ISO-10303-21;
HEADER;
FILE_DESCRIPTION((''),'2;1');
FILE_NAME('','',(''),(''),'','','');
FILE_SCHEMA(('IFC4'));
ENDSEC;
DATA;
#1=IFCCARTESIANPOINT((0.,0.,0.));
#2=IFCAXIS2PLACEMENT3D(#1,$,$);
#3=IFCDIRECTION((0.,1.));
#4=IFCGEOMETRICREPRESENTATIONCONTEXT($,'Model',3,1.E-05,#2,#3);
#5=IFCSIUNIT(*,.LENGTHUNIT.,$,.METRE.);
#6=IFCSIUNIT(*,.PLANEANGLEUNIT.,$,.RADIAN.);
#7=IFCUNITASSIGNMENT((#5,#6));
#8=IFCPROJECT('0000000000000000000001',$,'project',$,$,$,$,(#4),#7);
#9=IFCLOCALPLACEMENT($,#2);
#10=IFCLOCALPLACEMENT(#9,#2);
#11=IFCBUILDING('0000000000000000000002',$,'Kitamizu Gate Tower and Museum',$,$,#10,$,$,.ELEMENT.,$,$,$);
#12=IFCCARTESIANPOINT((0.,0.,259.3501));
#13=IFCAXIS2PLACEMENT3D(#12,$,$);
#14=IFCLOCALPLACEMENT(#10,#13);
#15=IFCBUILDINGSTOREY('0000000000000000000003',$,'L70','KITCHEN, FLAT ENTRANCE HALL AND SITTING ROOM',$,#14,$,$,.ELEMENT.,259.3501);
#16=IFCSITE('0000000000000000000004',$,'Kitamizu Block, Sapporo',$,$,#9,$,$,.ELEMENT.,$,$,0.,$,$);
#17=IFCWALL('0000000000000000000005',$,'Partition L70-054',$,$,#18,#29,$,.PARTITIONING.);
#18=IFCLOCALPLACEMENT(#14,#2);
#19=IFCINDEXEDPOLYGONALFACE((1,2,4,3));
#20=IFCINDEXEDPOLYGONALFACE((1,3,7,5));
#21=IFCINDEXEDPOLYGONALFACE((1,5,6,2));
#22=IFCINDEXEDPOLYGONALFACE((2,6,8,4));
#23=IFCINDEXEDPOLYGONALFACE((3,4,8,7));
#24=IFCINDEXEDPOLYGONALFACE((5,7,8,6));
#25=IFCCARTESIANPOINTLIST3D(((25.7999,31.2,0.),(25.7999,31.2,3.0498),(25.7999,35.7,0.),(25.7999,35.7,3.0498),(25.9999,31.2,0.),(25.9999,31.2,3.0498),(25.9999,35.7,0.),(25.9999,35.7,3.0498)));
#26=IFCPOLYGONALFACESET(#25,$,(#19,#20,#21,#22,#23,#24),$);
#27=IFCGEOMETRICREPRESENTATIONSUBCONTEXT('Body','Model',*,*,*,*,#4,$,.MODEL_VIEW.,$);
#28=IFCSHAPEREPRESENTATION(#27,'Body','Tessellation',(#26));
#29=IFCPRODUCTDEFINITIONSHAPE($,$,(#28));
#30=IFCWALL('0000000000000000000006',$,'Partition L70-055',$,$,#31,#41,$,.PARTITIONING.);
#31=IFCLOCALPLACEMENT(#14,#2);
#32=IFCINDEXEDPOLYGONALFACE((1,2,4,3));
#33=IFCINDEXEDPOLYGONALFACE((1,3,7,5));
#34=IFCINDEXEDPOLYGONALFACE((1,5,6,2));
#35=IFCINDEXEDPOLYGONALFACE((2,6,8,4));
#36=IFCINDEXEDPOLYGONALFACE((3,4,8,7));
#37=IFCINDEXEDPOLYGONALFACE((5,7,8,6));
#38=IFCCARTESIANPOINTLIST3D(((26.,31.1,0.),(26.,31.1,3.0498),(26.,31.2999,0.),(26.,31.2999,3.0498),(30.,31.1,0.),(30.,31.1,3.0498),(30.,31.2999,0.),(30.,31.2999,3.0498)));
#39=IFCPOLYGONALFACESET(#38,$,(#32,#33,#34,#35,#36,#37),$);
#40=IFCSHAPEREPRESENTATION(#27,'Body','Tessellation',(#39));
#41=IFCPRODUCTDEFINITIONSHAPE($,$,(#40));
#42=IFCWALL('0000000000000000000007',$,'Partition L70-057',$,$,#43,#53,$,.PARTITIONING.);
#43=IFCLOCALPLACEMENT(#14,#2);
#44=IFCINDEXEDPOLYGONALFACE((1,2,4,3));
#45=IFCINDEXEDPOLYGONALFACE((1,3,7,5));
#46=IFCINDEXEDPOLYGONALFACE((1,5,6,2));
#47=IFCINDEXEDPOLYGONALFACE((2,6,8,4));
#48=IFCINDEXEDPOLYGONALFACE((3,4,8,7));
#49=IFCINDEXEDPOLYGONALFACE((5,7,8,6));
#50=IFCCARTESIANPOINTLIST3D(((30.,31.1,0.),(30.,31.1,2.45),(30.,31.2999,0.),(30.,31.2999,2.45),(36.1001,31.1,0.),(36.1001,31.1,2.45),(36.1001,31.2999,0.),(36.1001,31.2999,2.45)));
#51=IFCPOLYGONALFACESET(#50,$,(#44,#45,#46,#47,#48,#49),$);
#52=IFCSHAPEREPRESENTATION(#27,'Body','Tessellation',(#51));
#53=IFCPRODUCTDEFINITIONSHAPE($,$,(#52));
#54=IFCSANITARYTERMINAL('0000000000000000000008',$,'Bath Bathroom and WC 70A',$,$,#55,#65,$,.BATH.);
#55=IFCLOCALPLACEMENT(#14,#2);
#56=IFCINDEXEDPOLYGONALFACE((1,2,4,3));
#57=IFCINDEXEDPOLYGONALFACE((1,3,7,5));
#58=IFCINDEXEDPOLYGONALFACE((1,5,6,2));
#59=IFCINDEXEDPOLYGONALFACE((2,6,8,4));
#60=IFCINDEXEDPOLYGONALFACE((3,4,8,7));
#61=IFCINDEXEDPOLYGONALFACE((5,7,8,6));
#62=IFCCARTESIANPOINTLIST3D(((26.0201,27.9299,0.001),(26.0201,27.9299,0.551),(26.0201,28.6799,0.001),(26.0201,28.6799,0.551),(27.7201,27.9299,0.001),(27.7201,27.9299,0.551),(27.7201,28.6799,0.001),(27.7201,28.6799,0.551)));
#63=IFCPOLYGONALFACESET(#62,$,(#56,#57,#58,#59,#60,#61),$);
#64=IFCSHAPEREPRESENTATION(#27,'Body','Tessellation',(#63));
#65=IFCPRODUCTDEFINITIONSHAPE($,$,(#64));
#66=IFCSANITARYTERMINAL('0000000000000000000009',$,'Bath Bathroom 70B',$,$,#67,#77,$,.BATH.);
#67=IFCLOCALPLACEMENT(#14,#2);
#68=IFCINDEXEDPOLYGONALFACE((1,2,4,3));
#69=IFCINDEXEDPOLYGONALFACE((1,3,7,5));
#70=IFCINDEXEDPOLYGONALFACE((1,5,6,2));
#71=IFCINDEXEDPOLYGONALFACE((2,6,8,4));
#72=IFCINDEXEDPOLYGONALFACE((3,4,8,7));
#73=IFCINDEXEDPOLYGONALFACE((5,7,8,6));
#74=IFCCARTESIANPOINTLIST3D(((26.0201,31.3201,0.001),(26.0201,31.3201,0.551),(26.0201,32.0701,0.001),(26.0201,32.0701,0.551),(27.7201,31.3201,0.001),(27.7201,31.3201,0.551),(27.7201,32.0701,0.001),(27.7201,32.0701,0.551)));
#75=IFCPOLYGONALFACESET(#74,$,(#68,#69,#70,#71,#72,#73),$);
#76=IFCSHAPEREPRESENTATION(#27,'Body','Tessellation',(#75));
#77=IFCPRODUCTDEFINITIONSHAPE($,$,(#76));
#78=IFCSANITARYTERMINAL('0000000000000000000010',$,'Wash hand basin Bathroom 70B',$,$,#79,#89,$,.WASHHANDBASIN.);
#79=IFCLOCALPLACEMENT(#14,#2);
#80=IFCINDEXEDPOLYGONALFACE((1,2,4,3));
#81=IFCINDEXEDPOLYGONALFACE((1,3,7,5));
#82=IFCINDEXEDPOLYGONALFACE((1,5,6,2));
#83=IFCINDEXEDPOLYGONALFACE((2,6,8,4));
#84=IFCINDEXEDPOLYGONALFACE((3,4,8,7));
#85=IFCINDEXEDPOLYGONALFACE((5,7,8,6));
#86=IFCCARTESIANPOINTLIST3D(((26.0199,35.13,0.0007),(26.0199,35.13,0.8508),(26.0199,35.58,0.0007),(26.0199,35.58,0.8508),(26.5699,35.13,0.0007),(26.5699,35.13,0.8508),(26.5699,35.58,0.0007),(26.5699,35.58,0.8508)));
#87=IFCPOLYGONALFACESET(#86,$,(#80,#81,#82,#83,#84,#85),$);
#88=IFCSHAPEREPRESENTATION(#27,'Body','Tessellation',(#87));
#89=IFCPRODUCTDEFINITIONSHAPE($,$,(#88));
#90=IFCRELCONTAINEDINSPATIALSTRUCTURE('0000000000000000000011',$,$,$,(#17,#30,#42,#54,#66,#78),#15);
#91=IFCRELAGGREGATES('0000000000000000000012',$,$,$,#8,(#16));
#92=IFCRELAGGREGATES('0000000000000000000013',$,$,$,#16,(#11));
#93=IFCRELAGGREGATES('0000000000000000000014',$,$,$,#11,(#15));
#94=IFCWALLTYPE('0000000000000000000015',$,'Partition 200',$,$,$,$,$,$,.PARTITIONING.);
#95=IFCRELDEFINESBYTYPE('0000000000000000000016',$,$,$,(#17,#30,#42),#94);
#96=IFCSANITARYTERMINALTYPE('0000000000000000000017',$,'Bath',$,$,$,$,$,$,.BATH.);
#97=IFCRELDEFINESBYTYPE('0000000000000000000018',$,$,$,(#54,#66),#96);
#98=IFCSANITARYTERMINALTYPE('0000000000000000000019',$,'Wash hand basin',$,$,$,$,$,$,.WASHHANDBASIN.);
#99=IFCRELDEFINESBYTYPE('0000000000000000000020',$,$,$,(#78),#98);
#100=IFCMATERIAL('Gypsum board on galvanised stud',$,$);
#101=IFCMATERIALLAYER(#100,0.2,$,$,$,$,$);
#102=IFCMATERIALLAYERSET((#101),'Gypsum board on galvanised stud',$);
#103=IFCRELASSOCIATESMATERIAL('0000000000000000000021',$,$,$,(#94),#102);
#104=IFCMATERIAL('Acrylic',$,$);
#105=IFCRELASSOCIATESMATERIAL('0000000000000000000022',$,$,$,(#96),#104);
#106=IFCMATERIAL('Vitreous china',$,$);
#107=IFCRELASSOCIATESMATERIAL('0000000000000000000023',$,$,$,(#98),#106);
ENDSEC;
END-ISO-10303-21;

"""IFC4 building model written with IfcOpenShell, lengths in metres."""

from ifc_helpers import new_model, si_unit, direction, frame, frame_2d, origin, origin_2d, place, context, subcontext, project, spatial, rectangle, extrude, material, layer, layer_set, type_object, element, save


model = new_model("IFC4")

# Units and contexts
model_context = context("Model", 3, precision=1e-05, world=origin(), true_north=direction((0.0, 1.0)))
body_context = subcontext(model_context, "Body", "Model", "MODEL_VIEW")
ifc_project = project(units=[si_unit("LENGTHUNIT", "METRE"), si_unit("PLANEANGLEUNIT", "RADIAN")], contexts=[model_context])

# Site, building, storey
site_placement = place(None, origin())
site = spatial("IfcSite", under=ifc_project, at=site_placement, Name="Kitamizu Block, Sapporo", CompositionType="ELEMENT", RefElevation=0.0)
building_placement = place(site_placement, origin())
building = spatial("IfcBuilding", under=site, at=building_placement, Name="Kitamizu Gate Tower and Museum", CompositionType="ELEMENT")
storey_placement = place(building_placement, frame((0.0, 0.0, 259.3501)))
storey = spatial("IfcBuildingStorey", under=building, at=storey_placement, Name="L70", Description="KITCHEN, FLAT ENTRANCE HALL AND SITTING ROOM", CompositionType="ELEMENT", Elevation=259.3501)

# Walls
ifc_material_1 = material(Name="Gypsum board on galvanised stud")
ifc_layer_1 = layer(ifc_material_1, 0.2)
ifc_layer_set_1 = layer_set([ifc_layer_1], Name="Gypsum board on galvanised stud")
wall_type_1 = type_object("IfcWallType", Name="Partition 200", PredefinedType="PARTITIONING", material=ifc_layer_set_1)
wall_1_placement = place(storey_placement, frame((25.8999, 35.7, 0.0), z_axis=(0.0, 0.0, 1.0), x_axis=(0.0, -1.0, 0.0)))
element("IfcWall", 1, at=wall_1_placement, inside=storey, type_object=wall_type_1, Name="Partition L70-054", PredefinedType="PARTITIONING", context=body_context, shape_type="SweptSolid", body=[
    extrude(rectangle(XDim=4.5, YDim=0.2, at=frame_2d((2.25, 0.0))), origin(), (0.0, 0.0, 1.0), 3.0498),
])
wall_2_placement = place(storey_placement, frame((26.0, 31.2, 0.0), z_axis=(0.0, 0.0, 1.0), x_axis=(1.0, 0.0, 0.0)))
element("IfcWall", 2, at=wall_2_placement, inside=storey, type_object=wall_type_1, Name="Partition L70-055", PredefinedType="PARTITIONING", context=body_context, shape_type="SweptSolid", body=[
    extrude(rectangle(XDim=4.0, YDim=0.2, at=frame_2d((2.0, 0.0))), origin(), (0.0, 0.0, 1.0), 3.0498),
])
wall_3_placement = place(storey_placement, frame((30.0, 31.2, 0.0), z_axis=(0.0, 0.0, 1.0), x_axis=(1.0, 0.0, 0.0)))
element("IfcWall", 3, at=wall_3_placement, inside=storey, type_object=wall_type_1, Name="Partition L70-057", PredefinedType="PARTITIONING", context=body_context, shape_type="SweptSolid", body=[
    extrude(rectangle(XDim=6.1001, YDim=0.2, at=frame_2d((3.05, 0.0))), origin(), (0.0, 0.0, 1.0), 2.45),
])

# Sanitary terminals
ifc_material_2 = material(Name="Acrylic")
sanitary_terminal_type_1 = type_object("IfcSanitaryTerminalType", Name="Bath", PredefinedType="BATH", material=ifc_material_2)
for number, where, z_axis, x_axis, name in (
    (4, (26.8701, 28.3049, 0.001), (0.0, 0.0, 1.0), (1.0, 0.0, 0.0), "Bath Bathroom and WC 70A"),
    (5, (26.8701, 31.6951, 0.001), (0.0, 0.0, 1.0), (1.0, 0.0, 0.0), "Bath Bathroom 70B"),
):
    element("IfcSanitaryTerminal", number, at=place(storey_placement, frame(where, z_axis=z_axis, x_axis=x_axis)), inside=storey, type_object=sanitary_terminal_type_1, Name=name, PredefinedType="BATH", context=body_context, shape_type="SweptSolid", body=[
        extrude(rectangle(XDim=1.7, YDim=0.75, at=origin_2d()), origin(), (0.0, 0.0, 1.0), 0.55),
    ])
ifc_material_3 = material(Name="Vitreous china")
sanitary_terminal_type_2 = type_object("IfcSanitaryTerminalType", Name="Wash hand basin", PredefinedType="WASHHANDBASIN", material=ifc_material_3)
sanitary_terminal_placement = place(storey_placement, frame((26.2949, 35.355, 0.0007), z_axis=(0.0, 0.0, 1.0), x_axis=(1.0, 0.0, 0.0)))
element("IfcSanitaryTerminal", 6, at=sanitary_terminal_placement, inside=storey, type_object=sanitary_terminal_type_2, Name="Wash hand basin Bathroom 70B", PredefinedType="WASHHANDBASIN", context=body_context, shape_type="SweptSolid", body=[
    extrude(rectangle(XDim=0.55, YDim=0.45, at=origin_2d()), origin(), (0.0, 0.0, 1.0), 0.8501),
])

save(model, "model.ifc")
